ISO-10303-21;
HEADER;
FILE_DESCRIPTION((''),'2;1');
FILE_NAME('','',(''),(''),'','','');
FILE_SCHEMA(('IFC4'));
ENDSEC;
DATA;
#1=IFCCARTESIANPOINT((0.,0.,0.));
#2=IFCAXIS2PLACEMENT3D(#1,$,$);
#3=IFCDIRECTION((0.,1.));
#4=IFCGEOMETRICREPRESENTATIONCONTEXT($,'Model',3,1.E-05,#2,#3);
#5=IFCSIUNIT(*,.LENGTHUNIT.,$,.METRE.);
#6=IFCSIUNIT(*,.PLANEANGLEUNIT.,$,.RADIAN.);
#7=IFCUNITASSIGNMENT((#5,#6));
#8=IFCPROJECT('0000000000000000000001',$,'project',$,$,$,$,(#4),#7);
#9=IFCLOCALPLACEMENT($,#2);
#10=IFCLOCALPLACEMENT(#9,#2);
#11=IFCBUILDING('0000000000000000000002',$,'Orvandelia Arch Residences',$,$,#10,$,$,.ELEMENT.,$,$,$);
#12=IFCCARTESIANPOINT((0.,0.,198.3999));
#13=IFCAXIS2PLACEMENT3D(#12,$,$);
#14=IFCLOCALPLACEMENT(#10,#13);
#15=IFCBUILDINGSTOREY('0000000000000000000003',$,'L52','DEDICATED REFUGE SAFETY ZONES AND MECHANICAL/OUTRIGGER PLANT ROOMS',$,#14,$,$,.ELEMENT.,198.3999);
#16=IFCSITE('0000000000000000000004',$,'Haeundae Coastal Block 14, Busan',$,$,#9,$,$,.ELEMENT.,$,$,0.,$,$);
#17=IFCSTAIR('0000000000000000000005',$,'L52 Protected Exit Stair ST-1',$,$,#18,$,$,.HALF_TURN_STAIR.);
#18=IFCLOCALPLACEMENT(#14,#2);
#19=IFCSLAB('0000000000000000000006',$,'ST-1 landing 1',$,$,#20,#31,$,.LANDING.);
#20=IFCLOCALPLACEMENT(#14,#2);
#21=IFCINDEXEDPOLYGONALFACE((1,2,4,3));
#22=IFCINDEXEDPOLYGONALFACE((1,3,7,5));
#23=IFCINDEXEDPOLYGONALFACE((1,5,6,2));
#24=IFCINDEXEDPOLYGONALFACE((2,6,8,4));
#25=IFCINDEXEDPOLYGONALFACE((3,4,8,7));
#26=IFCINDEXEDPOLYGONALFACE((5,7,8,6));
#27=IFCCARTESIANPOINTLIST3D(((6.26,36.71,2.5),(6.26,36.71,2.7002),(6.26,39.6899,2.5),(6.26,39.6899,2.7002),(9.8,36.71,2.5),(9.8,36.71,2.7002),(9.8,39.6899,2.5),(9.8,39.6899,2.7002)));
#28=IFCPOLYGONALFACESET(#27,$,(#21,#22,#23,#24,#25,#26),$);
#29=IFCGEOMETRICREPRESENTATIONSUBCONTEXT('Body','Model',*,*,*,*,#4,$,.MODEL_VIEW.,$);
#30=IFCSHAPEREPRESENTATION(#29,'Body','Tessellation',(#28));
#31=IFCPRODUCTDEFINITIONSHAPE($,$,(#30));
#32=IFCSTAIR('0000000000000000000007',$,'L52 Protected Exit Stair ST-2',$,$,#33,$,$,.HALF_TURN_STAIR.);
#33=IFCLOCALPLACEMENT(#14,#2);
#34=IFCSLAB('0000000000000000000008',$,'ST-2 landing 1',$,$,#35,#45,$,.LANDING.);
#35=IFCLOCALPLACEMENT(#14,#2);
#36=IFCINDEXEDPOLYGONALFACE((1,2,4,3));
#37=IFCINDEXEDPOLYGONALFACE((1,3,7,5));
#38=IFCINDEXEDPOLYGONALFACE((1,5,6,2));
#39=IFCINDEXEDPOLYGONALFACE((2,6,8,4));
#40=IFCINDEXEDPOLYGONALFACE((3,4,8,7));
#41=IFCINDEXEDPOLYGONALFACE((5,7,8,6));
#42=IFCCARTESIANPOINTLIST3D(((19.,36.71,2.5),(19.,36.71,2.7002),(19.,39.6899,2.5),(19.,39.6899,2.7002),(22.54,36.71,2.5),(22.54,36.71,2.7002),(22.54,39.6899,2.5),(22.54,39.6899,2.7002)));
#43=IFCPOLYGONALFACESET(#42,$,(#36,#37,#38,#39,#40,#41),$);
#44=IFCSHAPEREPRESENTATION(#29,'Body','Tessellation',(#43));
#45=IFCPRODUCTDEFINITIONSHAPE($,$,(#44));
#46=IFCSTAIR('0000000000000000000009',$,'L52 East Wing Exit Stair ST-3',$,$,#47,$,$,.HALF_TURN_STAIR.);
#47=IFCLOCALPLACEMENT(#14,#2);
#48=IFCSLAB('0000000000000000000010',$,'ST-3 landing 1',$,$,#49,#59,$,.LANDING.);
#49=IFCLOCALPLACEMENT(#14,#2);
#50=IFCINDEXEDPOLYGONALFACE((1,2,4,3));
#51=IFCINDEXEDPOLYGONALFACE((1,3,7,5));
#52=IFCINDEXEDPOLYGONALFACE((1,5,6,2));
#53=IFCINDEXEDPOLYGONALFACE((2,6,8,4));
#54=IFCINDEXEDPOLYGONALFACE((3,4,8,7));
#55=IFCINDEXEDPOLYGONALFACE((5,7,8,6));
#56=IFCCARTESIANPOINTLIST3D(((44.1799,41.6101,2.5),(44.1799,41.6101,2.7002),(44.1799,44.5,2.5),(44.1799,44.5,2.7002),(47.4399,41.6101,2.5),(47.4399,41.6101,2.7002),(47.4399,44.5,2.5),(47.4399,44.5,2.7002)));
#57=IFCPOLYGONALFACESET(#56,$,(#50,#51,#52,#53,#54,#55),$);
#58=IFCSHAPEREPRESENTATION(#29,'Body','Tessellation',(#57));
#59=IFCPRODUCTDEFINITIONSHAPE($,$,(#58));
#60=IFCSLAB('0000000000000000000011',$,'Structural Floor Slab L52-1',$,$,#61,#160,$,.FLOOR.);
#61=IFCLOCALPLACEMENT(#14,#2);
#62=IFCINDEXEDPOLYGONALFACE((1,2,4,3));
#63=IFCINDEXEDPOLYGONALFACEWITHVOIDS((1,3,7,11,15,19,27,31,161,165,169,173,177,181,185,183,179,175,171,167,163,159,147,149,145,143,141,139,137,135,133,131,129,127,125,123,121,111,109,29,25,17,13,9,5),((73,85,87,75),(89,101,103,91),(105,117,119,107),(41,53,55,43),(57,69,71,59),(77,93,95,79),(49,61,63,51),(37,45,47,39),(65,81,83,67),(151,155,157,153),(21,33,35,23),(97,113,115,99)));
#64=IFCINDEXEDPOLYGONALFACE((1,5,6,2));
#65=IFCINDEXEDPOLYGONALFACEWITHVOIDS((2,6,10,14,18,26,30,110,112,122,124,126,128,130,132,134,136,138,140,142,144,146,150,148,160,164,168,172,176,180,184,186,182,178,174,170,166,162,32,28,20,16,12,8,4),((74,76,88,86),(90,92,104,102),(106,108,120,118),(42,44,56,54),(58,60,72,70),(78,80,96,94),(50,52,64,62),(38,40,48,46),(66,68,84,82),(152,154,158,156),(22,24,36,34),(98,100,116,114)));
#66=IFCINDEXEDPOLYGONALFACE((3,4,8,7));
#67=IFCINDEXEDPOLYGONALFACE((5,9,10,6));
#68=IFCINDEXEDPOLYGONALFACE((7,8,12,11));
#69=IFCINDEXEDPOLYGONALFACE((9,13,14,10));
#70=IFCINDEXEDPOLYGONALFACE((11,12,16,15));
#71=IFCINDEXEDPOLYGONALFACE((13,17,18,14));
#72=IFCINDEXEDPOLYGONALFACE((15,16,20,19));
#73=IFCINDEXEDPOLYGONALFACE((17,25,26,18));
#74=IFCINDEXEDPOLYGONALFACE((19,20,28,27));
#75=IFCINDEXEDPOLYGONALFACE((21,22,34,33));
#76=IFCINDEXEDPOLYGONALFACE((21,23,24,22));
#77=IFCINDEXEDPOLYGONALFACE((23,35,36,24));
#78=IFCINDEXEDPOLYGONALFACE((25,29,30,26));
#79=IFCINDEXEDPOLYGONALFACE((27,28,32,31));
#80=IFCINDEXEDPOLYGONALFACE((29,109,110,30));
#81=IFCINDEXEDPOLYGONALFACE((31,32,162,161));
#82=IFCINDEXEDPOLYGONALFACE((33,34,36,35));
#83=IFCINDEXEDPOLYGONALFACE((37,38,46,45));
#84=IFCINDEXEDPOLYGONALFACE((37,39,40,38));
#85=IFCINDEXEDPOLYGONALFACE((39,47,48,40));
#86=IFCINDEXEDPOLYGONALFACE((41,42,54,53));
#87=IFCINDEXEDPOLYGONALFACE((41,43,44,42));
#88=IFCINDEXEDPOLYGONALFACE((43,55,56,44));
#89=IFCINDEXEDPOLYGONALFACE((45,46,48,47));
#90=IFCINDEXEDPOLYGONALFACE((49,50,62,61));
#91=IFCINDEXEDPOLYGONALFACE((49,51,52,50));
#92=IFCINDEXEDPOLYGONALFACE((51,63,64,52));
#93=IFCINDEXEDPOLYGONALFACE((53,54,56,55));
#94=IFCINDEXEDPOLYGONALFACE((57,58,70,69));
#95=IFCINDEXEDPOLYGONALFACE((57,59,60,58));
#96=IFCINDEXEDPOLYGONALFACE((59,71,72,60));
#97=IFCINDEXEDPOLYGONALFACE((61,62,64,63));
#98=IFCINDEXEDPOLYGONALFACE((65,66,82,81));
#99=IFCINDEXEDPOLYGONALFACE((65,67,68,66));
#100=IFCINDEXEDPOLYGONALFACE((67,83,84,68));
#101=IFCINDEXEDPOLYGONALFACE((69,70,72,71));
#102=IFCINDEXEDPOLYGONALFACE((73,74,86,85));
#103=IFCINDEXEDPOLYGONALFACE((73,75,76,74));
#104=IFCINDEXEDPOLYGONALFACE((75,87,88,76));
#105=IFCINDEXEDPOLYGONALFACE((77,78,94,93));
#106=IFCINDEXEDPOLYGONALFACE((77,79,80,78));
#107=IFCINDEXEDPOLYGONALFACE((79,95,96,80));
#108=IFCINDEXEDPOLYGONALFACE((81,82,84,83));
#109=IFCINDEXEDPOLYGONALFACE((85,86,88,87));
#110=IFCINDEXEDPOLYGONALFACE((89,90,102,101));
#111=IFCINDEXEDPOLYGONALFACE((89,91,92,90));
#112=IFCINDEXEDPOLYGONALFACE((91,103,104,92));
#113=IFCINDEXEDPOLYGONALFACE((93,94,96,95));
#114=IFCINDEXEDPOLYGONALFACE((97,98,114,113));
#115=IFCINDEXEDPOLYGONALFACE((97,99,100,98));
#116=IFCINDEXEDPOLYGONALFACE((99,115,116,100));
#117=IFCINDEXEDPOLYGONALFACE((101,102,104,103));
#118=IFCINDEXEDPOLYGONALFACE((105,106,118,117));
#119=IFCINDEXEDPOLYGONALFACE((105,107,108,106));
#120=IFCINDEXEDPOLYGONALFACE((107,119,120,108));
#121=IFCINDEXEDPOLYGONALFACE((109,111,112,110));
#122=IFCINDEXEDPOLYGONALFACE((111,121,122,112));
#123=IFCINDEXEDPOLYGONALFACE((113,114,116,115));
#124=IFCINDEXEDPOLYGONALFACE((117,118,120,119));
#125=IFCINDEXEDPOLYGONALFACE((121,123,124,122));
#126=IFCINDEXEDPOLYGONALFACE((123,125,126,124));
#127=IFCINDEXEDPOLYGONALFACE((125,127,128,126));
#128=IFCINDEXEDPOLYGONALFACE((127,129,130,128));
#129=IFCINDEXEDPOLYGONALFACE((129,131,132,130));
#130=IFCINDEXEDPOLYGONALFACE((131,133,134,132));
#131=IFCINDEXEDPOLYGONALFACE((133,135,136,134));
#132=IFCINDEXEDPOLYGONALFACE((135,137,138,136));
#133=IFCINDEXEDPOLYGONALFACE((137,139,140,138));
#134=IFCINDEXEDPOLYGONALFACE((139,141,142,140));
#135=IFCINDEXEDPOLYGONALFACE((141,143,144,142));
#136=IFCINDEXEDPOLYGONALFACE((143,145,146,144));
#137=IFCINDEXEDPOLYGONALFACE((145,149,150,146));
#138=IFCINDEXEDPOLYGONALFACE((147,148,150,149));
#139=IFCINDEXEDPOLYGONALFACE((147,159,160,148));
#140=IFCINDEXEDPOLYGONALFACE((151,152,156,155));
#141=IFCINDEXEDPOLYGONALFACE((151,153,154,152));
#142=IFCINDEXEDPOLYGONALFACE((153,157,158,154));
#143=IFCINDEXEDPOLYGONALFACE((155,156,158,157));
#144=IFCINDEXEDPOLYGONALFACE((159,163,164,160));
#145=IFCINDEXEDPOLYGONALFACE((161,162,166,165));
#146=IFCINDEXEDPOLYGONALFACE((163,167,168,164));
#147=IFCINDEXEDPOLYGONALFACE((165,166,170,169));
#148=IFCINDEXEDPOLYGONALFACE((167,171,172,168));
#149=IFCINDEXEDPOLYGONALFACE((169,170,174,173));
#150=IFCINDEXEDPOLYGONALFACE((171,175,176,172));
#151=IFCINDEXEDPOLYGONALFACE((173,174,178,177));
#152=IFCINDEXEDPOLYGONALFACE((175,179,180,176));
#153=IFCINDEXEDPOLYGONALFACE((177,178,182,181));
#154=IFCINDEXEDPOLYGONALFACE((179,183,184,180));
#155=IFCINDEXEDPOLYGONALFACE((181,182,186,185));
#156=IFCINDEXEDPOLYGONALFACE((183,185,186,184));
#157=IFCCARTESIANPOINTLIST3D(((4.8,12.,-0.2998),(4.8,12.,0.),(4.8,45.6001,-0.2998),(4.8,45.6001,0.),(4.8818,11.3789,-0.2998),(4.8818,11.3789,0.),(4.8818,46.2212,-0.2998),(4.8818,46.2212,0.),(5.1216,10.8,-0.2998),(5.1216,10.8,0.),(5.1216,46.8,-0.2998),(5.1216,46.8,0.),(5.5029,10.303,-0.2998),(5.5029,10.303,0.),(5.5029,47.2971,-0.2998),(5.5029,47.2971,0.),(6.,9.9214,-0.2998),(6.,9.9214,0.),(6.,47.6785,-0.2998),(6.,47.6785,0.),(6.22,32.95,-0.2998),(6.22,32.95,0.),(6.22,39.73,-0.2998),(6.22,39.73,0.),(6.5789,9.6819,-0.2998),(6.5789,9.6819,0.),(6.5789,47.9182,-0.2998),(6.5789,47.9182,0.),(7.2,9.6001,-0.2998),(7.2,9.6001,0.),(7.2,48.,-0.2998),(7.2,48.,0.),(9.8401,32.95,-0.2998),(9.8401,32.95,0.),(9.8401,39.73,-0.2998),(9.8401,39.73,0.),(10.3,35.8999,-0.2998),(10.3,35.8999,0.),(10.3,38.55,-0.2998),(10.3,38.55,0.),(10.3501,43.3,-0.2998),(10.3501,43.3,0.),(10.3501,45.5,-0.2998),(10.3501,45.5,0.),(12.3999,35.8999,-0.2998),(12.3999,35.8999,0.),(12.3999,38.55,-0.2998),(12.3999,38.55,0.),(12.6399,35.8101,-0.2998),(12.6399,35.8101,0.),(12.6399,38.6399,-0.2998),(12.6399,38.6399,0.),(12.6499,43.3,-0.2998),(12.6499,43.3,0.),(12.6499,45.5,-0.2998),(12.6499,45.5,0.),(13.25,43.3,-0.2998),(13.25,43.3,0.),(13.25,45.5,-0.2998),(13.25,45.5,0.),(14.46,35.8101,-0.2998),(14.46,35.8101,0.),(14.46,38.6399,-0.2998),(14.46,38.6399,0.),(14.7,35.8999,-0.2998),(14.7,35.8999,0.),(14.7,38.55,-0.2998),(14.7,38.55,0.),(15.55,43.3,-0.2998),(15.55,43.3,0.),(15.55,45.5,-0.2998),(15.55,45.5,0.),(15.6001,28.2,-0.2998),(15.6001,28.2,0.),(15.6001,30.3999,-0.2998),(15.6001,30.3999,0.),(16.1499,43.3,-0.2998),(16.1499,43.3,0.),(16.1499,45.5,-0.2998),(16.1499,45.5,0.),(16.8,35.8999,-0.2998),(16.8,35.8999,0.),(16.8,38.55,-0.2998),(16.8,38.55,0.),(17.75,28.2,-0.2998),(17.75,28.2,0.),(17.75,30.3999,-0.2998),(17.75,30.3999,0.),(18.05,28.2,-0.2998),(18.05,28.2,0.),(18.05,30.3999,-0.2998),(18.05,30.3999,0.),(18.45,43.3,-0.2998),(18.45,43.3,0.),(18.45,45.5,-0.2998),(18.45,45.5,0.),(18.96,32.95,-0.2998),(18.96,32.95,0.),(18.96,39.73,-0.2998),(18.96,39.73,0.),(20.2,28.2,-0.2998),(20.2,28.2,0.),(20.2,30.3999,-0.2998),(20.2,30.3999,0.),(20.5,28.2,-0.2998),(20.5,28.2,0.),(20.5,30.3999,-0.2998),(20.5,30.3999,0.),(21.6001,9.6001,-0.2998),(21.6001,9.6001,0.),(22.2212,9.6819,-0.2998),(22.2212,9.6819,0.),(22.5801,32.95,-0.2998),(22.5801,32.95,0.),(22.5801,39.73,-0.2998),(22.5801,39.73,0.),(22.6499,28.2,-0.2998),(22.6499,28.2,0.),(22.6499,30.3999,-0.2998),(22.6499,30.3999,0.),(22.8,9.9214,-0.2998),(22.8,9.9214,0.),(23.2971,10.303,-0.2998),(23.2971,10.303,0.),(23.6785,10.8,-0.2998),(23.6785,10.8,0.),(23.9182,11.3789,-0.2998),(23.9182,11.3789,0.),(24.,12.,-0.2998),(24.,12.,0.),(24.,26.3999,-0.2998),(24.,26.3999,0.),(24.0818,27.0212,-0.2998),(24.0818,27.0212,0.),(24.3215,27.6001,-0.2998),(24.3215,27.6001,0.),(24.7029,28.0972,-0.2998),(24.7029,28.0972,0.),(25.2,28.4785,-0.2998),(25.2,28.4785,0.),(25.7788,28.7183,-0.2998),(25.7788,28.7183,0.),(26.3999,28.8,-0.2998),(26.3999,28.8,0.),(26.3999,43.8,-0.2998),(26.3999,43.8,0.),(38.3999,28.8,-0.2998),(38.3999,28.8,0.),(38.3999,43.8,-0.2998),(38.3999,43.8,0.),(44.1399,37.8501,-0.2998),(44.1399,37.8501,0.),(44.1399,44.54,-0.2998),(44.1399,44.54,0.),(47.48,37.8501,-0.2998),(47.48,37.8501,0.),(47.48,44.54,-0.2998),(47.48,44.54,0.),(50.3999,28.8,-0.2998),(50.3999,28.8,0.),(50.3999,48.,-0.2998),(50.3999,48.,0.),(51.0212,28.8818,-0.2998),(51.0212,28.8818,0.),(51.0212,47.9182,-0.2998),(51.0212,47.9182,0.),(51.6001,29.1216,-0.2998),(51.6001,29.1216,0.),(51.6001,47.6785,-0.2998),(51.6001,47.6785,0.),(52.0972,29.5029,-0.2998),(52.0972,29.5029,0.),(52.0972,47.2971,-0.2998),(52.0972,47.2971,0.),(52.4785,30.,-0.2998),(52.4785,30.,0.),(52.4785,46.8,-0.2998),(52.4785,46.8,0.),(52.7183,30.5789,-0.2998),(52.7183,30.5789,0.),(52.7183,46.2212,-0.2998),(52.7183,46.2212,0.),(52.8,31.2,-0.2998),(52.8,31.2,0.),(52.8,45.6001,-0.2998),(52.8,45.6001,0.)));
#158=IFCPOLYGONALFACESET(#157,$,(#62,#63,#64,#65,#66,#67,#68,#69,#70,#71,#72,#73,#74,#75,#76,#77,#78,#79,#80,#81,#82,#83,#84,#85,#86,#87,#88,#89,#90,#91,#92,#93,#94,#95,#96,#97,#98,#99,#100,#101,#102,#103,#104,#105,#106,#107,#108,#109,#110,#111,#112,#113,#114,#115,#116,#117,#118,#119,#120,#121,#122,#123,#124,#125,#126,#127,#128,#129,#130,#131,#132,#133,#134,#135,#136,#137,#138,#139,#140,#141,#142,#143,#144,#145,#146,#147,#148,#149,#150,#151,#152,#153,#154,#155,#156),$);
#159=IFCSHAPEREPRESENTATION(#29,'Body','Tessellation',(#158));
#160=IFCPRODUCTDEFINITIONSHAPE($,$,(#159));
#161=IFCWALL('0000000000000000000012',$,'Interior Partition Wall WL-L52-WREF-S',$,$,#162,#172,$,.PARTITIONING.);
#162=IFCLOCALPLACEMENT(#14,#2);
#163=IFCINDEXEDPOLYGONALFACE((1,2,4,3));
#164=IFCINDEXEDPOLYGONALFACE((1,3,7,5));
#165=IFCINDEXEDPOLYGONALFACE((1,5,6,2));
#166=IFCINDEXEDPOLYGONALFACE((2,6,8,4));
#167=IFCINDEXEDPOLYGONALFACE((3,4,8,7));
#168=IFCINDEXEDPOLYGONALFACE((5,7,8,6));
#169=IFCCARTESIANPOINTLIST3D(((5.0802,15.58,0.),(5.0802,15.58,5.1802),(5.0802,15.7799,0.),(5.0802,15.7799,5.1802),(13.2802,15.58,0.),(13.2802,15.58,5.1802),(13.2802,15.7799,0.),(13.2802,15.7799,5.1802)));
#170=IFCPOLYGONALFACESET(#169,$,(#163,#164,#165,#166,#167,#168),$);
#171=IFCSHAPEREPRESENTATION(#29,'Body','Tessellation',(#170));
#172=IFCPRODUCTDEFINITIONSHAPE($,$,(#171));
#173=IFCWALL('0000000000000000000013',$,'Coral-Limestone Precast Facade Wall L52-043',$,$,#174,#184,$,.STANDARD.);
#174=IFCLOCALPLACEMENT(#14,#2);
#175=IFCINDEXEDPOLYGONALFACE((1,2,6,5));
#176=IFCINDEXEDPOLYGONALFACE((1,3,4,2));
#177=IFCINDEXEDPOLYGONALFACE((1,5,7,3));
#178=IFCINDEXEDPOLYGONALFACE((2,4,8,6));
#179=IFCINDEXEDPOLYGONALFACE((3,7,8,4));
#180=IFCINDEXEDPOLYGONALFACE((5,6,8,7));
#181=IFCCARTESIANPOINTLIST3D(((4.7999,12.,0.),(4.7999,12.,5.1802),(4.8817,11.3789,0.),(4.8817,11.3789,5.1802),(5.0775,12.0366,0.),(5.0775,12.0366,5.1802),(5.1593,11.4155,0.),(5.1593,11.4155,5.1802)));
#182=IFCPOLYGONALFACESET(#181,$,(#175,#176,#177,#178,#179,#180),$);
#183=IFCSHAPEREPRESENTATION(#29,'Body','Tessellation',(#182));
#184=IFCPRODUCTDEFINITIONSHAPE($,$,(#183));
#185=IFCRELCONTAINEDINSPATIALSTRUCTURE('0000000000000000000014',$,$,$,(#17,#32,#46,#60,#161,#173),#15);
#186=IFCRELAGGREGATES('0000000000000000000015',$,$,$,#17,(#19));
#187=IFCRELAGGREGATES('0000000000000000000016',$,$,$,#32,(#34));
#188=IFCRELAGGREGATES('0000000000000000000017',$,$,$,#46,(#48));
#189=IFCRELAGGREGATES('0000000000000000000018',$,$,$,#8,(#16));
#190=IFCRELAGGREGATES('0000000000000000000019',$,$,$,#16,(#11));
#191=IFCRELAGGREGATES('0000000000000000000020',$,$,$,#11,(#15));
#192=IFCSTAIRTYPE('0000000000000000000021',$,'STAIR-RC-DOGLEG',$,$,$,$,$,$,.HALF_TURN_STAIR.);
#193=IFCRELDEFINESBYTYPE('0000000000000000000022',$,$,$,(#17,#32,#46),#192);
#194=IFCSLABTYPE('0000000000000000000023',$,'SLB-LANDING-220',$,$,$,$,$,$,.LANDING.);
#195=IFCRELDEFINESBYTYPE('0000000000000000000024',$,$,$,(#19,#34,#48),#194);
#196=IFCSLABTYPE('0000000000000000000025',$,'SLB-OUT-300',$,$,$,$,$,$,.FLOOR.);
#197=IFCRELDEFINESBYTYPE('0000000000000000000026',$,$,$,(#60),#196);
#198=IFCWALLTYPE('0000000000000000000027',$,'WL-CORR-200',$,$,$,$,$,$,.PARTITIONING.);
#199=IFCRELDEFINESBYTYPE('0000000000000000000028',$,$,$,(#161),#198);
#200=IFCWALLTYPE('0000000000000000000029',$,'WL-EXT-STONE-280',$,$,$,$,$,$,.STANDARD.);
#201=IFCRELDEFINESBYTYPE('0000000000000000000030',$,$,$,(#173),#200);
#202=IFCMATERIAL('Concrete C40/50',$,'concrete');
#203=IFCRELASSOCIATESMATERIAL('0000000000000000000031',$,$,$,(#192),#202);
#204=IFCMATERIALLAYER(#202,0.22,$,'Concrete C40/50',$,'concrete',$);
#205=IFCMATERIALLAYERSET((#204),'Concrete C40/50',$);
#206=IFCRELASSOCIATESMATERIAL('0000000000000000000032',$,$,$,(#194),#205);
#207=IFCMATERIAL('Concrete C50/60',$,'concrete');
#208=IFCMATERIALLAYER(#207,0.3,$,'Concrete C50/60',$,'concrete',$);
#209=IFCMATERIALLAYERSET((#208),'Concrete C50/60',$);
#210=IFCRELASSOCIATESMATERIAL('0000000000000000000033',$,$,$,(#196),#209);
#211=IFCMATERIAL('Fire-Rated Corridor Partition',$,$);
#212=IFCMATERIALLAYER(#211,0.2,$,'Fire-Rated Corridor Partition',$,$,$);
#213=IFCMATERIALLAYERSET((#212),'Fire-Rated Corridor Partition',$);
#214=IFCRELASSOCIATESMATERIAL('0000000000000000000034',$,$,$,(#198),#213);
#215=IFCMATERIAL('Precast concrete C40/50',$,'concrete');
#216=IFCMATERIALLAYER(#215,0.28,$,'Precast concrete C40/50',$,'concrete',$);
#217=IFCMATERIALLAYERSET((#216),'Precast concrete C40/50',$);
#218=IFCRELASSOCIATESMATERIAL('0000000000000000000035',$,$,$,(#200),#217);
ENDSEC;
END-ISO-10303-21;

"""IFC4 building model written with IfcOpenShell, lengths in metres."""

from ifc_helpers import new_model, si_unit, direction, frame, frame_2d, origin, place, context, subcontext, project, spatial, polyline, rectangle, outline, extrude, material, layer, layer_set, type_object, element, aggregate, save


model = new_model("IFC4")

# Units and contexts
model_context = context("Model", 3, precision=1e-05, world=origin(), true_north=direction((0.0, 1.0)))
body_context = subcontext(model_context, "Body", "Model", "MODEL_VIEW")
ifc_project = project(units=[si_unit("LENGTHUNIT", "METRE"), si_unit("PLANEANGLEUNIT", "RADIAN")], contexts=[model_context])

# Site, building, storey
site_placement = place(None, origin())
site = spatial("IfcSite", under=ifc_project, at=site_placement, Name="Haeundae Coastal Block 14, Busan", CompositionType="ELEMENT", RefElevation=0.0)
building_placement = place(site_placement, origin())
building = spatial("IfcBuilding", under=site, at=building_placement, Name="Orvandelia Arch Residences", CompositionType="ELEMENT")
storey_placement = place(building_placement, frame((0.0, 0.0, 198.3999)))
storey = spatial("IfcBuildingStorey", under=building, at=storey_placement, Name="L52", Description="DEDICATED REFUGE SAFETY ZONES AND MECHANICAL/OUTRIGGER PLANT ROOMS", CompositionType="ELEMENT", Elevation=198.3999)

# Stairs, slabs
ifc_material_1 = material(Name="Concrete C40/50", Category="concrete")
stair_type = type_object("IfcStairType", Name="STAIR-RC-DOGLEG", PredefinedType="HALF_TURN_STAIR", material=ifc_material_1)
stair_1_placement = place(storey_placement, origin())
stair_1 = element("IfcStair", 1, at=stair_1_placement, inside=storey, type_object=stair_type, Name="L52 Protected Exit Stair ST-1", PredefinedType="HALF_TURN_STAIR")
ifc_layer_1 = layer(ifc_material_1, 0.22, Name="Concrete C40/50", Category="concrete")
ifc_layer_set_1 = layer_set([ifc_layer_1], Name="Concrete C40/50")
slab_type_1 = type_object("IfcSlabType", Name="SLB-LANDING-220", PredefinedType="LANDING", material=ifc_layer_set_1)
slab_1_placement = place(storey_placement, frame((0.0, 0.0, 2.5)))
slab_1 = element("IfcSlab", 2, at=slab_1_placement, type_object=slab_type_1, Name="ST-1 landing 1", PredefinedType="LANDING", context=body_context, shape_type="SweptSolid", body=[
    extrude(outline(polyline([(9.8, 36.71), (9.8, 39.6899), (6.26, 39.6899), (6.26, 36.71), (9.8, 36.71)])), origin(), (0.0, 0.0, 1.0), 0.2002),
])
aggregate(stair_1, [slab_1])
stair_2_placement = place(storey_placement, origin())
stair_2 = element("IfcStair", 3, at=stair_2_placement, inside=storey, type_object=stair_type, Name="L52 Protected Exit Stair ST-2", PredefinedType="HALF_TURN_STAIR")
slab_2_placement = place(storey_placement, frame((0.0, 0.0, 2.5)))
slab_2 = element("IfcSlab", 4, at=slab_2_placement, type_object=slab_type_1, Name="ST-2 landing 1", PredefinedType="LANDING", context=body_context, shape_type="SweptSolid", body=[
    extrude(outline(polyline([(22.54, 36.71), (22.54, 39.6899), (19.0, 39.6899), (19.0, 36.71), (22.54, 36.71)])), origin(), (0.0, 0.0, 1.0), 0.2002),
])
aggregate(stair_2, [slab_2])
stair_3_placement = place(storey_placement, origin())
stair_3 = element("IfcStair", 5, at=stair_3_placement, inside=storey, type_object=stair_type, Name="L52 East Wing Exit Stair ST-3", PredefinedType="HALF_TURN_STAIR")
slab_3_placement = place(storey_placement, frame((0.0, 0.0, 2.5)))
slab_3 = element("IfcSlab", 6, at=slab_3_placement, type_object=slab_type_1, Name="ST-3 landing 1", PredefinedType="LANDING", context=body_context, shape_type="SweptSolid", body=[
    extrude(outline(polyline([(47.4399, 41.6101), (47.4399, 44.5), (44.1799, 44.5), (44.1799, 41.6101), (47.4399, 41.6101)])), origin(), (0.0, 0.0, 1.0), 0.2002),
])
aggregate(stair_3, [slab_3])

# Slab
ifc_material_2 = material(Name="Concrete C50/60", Category="concrete")
ifc_layer_2 = layer(ifc_material_2, 0.3, Name="Concrete C50/60", Category="concrete")
ifc_layer_set_2 = layer_set([ifc_layer_2], Name="Concrete C50/60")
slab_type_2 = type_object("IfcSlabType", Name="SLB-OUT-300", PredefinedType="FLOOR", material=ifc_layer_set_2)
slab_4_placement = place(storey_placement, frame((0.0, 0.0, -0.2998)))
element("IfcSlab", 7, at=slab_4_placement, inside=storey, type_object=slab_type_2, Name="Structural Floor Slab L52-1", PredefinedType="FLOOR", context=body_context, shape_type="SweptSolid", body=[
    extrude(outline(polyline([(4.8, 12.0), (4.8818, 11.3789), (5.1216, 10.8), (5.5029, 10.303), (6.0, 9.9214), (6.5789, 9.6819), (7.2, 9.6001), (21.6001, 9.6001), (22.2212, 9.6819), (22.8, 9.9214), (23.2971, 10.303), (23.6785, 10.8), (23.9182, 11.3789), (24.0, 12.0), (24.0, 26.3999), (24.0818, 27.0212), (24.3215, 27.6001), (24.7029, 28.0972), (25.2, 28.4785), (25.7788, 28.7183), (26.3999, 28.8), (26.3999, 43.8), (38.3999, 43.8), (38.3999, 28.8), (50.3999, 28.8), (51.0212, 28.8818), (51.6001, 29.1216), (52.0972, 29.5029), (52.4785, 30.0), (52.7183, 30.5789), (52.8, 31.2), (52.8, 45.6001), (52.7183, 46.2212), (52.4785, 46.8), (52.0972, 47.2971), (51.6001, 47.6785), (51.0212, 47.9182), (50.3999, 48.0), (7.2, 48.0), (6.5789, 47.9182), (6.0, 47.6785), (5.5029, 47.2971), (5.1216, 46.8), (4.8818, 46.2212), (4.8, 45.6001), (4.8, 12.0)]), holes=[polyline([(6.22, 32.95), (9.8401, 32.95), (9.8401, 39.73), (6.22, 39.73), (6.22, 32.95)]), polyline([(18.96, 32.95), (22.5801, 32.95), (22.5801, 39.73), (18.96, 39.73), (18.96, 32.95)]), polyline([(44.1399, 37.8501), (47.48, 37.8501), (47.48, 44.54), (44.1399, 44.54), (44.1399, 37.8501)]), polyline([(12.6399, 35.8101), (14.46, 35.8101), (14.46, 38.6399), (12.6399, 38.6399), (12.6399, 35.8101)]), polyline([(10.3, 35.8999), (12.3999, 35.8999), (12.3999, 38.55), (10.3, 38.55), (10.3, 35.8999)]), polyline([(14.7, 35.8999), (16.8, 35.8999), (16.8, 38.55), (14.7, 38.55), (14.7, 35.8999)]), polyline([(10.3501, 43.3), (12.6499, 43.3), (12.6499, 45.5), (10.3501, 45.5), (10.3501, 43.3)]), polyline([(13.25, 43.3), (15.55, 43.3), (15.55, 45.5), (13.25, 45.5), (13.25, 43.3)]), polyline([(16.1499, 43.3), (18.45, 43.3), (18.45, 45.5), (16.1499, 45.5), (16.1499, 43.3)]), polyline([(15.6001, 28.2), (17.75, 28.2), (17.75, 30.3999), (15.6001, 30.3999), (15.6001, 28.2)]), polyline([(18.05, 28.2), (20.2, 28.2), (20.2, 30.3999), (18.05, 30.3999), (18.05, 28.2)]), polyline([(20.5, 28.2), (22.6499, 28.2), (22.6499, 30.3999), (20.5, 30.3999), (20.5, 28.2)])]), origin(), (0.0, 0.0, 1.0), 0.2998),
])

# Walls
ifc_material_3 = material(Name="Fire-Rated Corridor Partition")
ifc_layer_3 = layer(ifc_material_3, 0.2, Name="Fire-Rated Corridor Partition")
ifc_layer_set_3 = layer_set([ifc_layer_3], Name="Fire-Rated Corridor Partition")
wall_type_1 = type_object("IfcWallType", Name="WL-CORR-200", PredefinedType="PARTITIONING", material=ifc_layer_set_3)
wall_1_placement = place(storey_placement, frame((5.0801, 15.6799, 0.0), z_axis=(0.0, 0.0, 1.0), x_axis=(1.0, 0.0, 0.0)))
element("IfcWall", 8, at=wall_1_placement, inside=storey, type_object=wall_type_1, Name="Interior Partition Wall WL-L52-WREF-S", PredefinedType="PARTITIONING", context=body_context, shape_type="SweptSolid", body=[
    extrude(rectangle(XDim=8.2, YDim=0.2, at=frame_2d((4.1001, 0.0))), origin(), (0.0, 0.0, 1.0), 5.1802),
])
ifc_material_4 = material(Name="Precast concrete C40/50", Category="concrete")
ifc_layer_4 = layer(ifc_material_4, 0.28, Name="Precast concrete C40/50", Category="concrete")
ifc_layer_set_4 = layer_set([ifc_layer_4], Name="Precast concrete C40/50")
wall_type_2 = type_object("IfcWallType", Name="WL-EXT-STONE-280", PredefinedType="STANDARD", material=ifc_layer_set_4)
wall_2_placement = place(storey_placement, frame((5.0205, 11.3972, 0.0), z_axis=(0.0, 0.0, 1.0), x_axis=(-0.130555, 0.991441, 0.0)))
element("IfcWall", 9, at=wall_2_placement, inside=storey, type_object=wall_type_2, Name="Coral-Limestone Precast Facade Wall L52-043", PredefinedType="STANDARD", context=body_context, shape_type="SweptSolid", body=[
    extrude(rectangle(XDim=0.6265, YDim=0.28, at=frame_2d((0.3132, 0.0))), origin(), (0.0, 0.0, 1.0), 5.1802),
])

save(model, "model.ifc")
